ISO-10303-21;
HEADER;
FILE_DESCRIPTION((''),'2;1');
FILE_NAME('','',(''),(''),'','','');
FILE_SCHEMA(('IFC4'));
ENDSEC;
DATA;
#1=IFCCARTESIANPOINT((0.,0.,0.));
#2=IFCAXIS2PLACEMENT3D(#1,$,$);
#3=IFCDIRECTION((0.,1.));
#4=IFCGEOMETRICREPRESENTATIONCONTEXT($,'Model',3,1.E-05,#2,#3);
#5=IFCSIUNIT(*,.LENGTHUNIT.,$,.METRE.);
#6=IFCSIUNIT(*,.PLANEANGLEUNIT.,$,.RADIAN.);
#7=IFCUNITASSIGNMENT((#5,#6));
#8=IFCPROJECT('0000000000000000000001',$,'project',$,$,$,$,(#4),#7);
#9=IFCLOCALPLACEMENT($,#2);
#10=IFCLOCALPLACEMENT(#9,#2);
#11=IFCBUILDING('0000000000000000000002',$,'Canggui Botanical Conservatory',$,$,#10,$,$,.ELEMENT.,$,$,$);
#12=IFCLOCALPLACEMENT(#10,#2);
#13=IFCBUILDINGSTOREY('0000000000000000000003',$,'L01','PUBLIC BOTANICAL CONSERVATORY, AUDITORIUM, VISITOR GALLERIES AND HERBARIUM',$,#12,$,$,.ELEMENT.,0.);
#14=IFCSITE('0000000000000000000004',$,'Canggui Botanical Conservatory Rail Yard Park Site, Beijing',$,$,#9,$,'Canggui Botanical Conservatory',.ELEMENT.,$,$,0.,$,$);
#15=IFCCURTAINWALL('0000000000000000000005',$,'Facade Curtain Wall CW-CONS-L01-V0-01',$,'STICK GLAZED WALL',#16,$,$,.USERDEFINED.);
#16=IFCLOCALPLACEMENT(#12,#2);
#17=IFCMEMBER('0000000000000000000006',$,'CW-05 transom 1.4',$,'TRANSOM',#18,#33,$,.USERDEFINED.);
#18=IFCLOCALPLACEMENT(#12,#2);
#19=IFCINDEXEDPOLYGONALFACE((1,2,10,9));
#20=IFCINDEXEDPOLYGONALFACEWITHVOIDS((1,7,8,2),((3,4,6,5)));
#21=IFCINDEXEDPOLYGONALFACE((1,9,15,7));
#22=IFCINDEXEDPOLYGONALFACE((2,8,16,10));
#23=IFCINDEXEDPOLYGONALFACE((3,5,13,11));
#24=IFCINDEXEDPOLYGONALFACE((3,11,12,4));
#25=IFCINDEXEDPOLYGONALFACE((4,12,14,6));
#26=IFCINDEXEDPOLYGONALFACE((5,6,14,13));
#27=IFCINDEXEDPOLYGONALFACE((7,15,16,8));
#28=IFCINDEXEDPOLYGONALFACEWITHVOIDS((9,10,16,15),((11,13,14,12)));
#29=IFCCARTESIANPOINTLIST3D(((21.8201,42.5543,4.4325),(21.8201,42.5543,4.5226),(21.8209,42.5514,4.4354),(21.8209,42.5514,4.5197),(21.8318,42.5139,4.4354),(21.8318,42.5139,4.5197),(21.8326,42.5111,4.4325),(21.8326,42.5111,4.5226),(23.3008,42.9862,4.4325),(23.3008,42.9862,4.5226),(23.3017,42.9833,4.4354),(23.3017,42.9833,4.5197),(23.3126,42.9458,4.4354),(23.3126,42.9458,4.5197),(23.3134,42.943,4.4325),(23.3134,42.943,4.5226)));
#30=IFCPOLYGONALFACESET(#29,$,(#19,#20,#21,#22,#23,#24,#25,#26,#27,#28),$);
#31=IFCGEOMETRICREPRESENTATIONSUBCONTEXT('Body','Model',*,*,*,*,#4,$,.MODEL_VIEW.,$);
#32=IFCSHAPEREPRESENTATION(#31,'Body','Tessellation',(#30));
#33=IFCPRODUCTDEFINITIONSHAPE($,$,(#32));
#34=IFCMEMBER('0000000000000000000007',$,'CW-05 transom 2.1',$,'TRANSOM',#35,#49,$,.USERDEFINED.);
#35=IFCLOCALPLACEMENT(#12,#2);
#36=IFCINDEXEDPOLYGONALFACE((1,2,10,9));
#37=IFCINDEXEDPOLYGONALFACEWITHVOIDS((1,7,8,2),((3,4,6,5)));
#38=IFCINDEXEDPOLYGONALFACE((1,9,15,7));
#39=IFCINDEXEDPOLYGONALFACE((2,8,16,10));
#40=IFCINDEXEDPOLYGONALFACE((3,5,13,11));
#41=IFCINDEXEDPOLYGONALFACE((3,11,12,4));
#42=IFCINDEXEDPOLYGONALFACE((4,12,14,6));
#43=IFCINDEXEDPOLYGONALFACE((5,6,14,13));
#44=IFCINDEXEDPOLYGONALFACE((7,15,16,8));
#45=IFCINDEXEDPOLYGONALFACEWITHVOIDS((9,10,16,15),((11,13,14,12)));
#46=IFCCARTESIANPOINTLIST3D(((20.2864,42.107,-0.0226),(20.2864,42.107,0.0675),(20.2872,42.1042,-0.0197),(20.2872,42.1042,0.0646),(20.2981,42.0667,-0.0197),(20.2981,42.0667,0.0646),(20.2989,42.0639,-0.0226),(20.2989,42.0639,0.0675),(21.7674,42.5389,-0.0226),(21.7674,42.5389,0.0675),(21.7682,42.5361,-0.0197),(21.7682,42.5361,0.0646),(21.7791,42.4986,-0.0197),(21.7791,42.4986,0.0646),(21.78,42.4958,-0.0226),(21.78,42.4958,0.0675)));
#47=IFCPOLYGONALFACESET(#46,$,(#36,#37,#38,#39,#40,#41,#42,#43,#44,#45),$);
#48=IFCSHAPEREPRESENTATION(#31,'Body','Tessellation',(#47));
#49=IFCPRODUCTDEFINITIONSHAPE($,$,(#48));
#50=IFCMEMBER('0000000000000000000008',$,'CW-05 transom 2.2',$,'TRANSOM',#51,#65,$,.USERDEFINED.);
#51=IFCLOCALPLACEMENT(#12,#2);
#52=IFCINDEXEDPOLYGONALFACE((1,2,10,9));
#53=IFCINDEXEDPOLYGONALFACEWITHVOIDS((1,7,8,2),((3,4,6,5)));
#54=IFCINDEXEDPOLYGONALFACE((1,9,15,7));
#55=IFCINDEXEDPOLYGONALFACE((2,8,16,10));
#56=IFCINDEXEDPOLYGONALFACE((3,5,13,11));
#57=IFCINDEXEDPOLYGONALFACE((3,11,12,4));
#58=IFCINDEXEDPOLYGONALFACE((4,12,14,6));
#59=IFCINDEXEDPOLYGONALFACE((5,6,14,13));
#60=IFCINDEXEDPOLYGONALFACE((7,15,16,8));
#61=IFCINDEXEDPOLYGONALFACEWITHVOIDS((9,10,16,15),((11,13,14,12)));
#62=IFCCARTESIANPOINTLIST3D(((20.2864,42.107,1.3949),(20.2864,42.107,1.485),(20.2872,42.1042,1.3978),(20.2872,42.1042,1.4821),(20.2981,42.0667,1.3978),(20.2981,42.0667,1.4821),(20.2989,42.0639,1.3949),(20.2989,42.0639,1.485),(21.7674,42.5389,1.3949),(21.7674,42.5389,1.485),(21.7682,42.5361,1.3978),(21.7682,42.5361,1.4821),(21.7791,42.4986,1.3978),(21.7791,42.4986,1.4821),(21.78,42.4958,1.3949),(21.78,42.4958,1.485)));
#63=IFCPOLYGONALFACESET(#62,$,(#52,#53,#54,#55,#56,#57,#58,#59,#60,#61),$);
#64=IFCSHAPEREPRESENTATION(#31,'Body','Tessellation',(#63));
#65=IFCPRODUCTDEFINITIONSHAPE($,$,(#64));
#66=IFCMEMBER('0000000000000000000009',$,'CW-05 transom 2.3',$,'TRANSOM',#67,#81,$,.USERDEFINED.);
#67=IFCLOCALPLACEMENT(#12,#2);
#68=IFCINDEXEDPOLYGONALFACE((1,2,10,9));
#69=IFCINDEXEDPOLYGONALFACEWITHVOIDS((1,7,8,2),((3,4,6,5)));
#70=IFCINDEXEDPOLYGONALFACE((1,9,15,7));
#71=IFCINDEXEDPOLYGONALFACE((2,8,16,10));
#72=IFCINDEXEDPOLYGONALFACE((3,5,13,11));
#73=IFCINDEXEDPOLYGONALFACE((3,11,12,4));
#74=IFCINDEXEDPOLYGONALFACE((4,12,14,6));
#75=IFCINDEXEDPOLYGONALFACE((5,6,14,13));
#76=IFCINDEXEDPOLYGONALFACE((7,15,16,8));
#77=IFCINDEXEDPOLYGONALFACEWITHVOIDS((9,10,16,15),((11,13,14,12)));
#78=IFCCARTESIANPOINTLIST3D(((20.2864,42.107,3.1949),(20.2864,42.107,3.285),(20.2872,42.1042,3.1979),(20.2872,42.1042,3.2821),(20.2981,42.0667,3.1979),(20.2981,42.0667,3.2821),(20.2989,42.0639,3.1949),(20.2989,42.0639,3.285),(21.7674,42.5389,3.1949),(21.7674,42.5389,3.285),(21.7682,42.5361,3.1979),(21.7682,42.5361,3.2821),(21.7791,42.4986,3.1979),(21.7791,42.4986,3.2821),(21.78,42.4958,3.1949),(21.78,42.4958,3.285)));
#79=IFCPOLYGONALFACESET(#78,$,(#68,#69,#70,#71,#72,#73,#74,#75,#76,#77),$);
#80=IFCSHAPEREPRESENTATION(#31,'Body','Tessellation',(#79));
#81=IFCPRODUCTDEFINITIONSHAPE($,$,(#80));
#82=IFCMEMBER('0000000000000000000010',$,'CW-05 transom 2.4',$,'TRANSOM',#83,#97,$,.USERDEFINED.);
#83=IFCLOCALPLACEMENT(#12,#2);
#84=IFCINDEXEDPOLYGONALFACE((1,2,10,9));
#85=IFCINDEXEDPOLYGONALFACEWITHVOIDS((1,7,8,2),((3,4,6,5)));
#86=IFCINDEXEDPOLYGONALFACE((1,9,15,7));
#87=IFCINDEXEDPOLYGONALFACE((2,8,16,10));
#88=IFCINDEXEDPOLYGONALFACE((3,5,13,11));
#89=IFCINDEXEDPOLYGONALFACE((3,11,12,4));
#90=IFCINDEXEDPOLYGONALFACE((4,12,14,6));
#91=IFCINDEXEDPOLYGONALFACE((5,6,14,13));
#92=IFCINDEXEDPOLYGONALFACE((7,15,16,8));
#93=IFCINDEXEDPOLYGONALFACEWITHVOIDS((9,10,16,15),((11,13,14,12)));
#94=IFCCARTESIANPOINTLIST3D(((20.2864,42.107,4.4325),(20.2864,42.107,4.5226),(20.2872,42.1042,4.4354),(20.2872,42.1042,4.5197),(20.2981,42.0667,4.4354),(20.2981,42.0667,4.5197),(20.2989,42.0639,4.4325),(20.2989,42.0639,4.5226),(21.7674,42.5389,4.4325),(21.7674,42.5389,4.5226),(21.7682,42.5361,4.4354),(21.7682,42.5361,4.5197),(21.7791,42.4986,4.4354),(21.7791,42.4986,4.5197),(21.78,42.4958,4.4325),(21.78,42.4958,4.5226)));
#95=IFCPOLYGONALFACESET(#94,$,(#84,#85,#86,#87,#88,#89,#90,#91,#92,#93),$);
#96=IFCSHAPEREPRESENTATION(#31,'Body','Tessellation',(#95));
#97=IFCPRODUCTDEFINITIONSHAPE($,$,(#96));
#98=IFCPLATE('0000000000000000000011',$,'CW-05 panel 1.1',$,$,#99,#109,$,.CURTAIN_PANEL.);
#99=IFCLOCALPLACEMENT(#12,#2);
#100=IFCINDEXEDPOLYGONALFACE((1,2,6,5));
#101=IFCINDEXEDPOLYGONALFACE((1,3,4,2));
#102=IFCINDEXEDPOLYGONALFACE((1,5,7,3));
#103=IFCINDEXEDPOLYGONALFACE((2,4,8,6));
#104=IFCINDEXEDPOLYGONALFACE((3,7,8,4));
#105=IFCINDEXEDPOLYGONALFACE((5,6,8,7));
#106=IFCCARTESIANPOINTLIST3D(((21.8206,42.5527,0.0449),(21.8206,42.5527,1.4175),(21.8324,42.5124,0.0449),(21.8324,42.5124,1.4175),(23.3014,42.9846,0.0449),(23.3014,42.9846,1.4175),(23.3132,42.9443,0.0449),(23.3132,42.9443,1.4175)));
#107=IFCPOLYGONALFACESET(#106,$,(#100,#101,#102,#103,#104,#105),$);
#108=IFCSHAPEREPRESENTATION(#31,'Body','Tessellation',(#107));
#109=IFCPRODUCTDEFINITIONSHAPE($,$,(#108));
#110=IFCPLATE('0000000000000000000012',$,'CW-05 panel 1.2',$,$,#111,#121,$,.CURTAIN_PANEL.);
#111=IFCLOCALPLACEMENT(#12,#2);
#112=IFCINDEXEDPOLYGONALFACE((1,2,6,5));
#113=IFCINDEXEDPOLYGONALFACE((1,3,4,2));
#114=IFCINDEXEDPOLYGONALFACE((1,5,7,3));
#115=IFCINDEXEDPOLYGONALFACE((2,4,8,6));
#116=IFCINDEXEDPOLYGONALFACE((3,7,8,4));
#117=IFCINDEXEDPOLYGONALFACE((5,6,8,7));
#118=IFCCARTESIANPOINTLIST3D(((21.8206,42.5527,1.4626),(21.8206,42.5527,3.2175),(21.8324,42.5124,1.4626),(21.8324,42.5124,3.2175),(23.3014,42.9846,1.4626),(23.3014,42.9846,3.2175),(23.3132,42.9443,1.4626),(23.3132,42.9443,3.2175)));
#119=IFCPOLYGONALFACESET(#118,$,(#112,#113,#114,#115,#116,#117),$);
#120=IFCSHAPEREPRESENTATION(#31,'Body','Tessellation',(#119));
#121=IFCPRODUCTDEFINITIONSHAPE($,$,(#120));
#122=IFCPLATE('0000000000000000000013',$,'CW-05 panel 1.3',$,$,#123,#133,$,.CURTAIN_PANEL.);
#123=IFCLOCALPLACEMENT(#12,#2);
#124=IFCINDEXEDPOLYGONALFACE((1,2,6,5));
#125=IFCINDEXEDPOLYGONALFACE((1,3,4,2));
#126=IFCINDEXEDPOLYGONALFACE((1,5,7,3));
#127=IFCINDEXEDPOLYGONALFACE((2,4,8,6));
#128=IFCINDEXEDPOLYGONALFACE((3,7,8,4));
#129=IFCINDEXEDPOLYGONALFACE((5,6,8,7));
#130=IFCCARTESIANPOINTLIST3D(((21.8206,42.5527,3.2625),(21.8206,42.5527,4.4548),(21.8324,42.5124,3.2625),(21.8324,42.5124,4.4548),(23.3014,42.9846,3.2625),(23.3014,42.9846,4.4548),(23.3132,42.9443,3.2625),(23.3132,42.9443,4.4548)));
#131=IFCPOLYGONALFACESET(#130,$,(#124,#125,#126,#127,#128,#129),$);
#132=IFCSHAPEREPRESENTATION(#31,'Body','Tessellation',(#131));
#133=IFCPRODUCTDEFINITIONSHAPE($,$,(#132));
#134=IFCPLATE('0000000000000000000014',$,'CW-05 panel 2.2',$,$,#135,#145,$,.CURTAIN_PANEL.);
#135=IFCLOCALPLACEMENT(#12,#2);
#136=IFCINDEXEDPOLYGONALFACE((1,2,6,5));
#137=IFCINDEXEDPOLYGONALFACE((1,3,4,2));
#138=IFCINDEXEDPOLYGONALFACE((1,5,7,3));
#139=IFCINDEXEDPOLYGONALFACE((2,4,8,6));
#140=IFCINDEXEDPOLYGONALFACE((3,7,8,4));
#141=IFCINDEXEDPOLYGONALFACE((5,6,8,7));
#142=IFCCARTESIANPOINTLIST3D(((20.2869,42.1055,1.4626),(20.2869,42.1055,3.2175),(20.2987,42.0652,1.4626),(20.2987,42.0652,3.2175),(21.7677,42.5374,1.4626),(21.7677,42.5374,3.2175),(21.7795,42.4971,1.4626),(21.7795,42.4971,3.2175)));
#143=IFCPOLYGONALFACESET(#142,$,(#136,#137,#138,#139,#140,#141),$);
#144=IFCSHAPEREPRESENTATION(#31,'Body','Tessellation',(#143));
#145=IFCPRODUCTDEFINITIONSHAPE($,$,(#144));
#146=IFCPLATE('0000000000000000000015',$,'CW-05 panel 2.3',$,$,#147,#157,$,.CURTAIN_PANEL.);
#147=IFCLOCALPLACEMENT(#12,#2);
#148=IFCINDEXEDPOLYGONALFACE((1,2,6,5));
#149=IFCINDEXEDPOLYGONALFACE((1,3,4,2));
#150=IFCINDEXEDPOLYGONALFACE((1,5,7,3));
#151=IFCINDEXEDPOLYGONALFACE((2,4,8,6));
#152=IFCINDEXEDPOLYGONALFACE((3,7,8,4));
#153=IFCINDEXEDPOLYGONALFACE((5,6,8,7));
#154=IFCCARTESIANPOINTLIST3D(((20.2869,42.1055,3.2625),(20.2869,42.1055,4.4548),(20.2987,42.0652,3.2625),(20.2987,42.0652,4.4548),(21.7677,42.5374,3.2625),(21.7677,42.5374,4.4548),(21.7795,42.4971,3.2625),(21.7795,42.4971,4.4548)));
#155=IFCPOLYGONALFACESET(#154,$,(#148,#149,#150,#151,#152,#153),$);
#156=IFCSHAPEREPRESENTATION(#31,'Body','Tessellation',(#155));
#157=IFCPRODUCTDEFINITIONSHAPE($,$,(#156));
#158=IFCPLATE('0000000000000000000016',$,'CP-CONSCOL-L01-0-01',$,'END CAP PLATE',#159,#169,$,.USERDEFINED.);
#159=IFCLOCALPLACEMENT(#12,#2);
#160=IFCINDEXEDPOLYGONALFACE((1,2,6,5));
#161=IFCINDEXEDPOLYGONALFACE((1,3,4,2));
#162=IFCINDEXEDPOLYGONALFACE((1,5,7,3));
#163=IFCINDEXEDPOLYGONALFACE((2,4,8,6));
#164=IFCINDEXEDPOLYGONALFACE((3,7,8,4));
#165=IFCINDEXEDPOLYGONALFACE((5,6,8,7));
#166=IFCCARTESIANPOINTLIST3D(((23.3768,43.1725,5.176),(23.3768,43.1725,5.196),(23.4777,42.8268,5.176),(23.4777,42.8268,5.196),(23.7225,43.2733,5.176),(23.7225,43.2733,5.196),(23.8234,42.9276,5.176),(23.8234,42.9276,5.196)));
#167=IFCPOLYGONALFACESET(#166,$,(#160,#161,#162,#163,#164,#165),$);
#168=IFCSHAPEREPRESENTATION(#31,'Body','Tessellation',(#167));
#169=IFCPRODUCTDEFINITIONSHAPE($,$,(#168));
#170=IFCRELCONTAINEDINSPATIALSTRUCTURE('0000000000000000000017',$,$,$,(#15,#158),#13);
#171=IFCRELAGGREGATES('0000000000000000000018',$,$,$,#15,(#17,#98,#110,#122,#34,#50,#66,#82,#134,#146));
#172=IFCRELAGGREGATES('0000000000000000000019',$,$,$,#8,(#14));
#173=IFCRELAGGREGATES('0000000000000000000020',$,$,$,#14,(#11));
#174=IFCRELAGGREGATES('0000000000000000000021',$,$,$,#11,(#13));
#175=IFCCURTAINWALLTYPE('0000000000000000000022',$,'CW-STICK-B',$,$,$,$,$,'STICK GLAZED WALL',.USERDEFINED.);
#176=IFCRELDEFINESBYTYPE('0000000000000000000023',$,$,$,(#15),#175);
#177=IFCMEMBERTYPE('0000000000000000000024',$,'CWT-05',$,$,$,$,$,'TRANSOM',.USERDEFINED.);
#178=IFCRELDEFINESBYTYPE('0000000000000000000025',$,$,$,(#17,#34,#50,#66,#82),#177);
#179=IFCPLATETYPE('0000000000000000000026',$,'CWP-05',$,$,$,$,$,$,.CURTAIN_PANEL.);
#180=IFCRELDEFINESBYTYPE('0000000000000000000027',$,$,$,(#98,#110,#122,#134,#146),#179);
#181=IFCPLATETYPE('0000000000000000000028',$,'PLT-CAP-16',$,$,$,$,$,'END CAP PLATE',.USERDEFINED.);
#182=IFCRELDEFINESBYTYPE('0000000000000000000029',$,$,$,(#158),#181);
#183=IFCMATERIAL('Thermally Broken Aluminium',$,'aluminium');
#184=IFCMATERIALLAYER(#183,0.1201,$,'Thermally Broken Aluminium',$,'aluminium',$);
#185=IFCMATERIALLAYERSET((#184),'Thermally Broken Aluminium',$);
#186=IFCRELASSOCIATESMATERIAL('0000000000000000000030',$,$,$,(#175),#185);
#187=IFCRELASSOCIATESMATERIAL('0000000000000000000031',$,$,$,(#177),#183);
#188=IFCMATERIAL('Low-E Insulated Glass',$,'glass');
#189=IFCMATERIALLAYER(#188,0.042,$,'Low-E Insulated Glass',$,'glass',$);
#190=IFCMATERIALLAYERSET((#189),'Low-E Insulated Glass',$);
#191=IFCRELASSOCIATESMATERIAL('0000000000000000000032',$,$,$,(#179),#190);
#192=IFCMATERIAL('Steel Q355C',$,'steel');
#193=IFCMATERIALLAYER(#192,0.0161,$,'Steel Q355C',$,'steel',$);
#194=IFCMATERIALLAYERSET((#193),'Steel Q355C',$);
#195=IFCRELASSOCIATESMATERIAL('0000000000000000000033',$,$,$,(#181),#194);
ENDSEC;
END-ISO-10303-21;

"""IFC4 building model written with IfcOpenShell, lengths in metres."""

from ifc_helpers import new_model, si_unit, direction, frame, origin, origin_2d, place, context, subcontext, project, spatial, rectangle, hollow_rectangle, extrude, material, layer, layer_set, material_profile, profile_set, type_object, element, aggregate, save


model = new_model("IFC4")

# Units and contexts
model_context = context("Model", 3, precision=1e-05, world=origin(), true_north=direction((0.0, 1.0)))
body_context = subcontext(model_context, "Body", "Model", "MODEL_VIEW")
ifc_project = project(units=[si_unit("LENGTHUNIT", "METRE"), si_unit("PLANEANGLEUNIT", "RADIAN")], contexts=[model_context])

# Site, building, storey
site_placement = place(None, origin())
site = spatial("IfcSite", under=ifc_project, at=site_placement, Name="Canggui Botanical Conservatory Rail Yard Park Site, Beijing", LongName="Canggui Botanical Conservatory", CompositionType="ELEMENT", RefElevation=0.0)
building_placement = place(site_placement, origin())
building = spatial("IfcBuilding", under=site, at=building_placement, Name="Canggui Botanical Conservatory", CompositionType="ELEMENT")
storey_placement = place(building_placement, origin())
storey = spatial("IfcBuildingStorey", under=building, at=storey_placement, Name="L01", Description="PUBLIC BOTANICAL CONSERVATORY, AUDITORIUM, VISITOR GALLERIES AND HERBARIUM", CompositionType="ELEMENT", Elevation=0.0)

# Shared definitions
ifc_material_1 = material(Name="Steel Q355C", Category="steel")

# Curtain wall, members, plates
ifc_material_2 = material(Name="Thermally Broken Aluminium", Category="aluminium")
ifc_layer_1 = layer(ifc_material_2, 0.1201, Name="Thermally Broken Aluminium", Category="aluminium")
ifc_layer_set_1 = layer_set([ifc_layer_1], Name="Thermally Broken Aluminium")
curtain_wall_type = type_object("IfcCurtainWallType", Name="CW-STICK-B", ElementType="STICK GLAZED WALL", PredefinedType="USERDEFINED", material=ifc_layer_set_1)
curtain_wall_placement = place(storey_placement, origin())
curtain_wall = element("IfcCurtainWall", 1, at=curtain_wall_placement, inside=storey, type_object=curtain_wall_type, Name="Facade Curtain Wall CW-CONS-L01-V0-01", ObjectType="STICK GLAZED WALL", PredefinedType="USERDEFINED")
ifc_material_profile_1 = material_profile(ifc_material_2, hollow_rectangle(XDim=0.0449, YDim=0.0901, WallThickness=0.0029, at=origin_2d()), Name="CWT 45x90x3")
ifc_profile_set_1 = profile_set([ifc_material_profile_1], Name="Thermally Broken Aluminium")
member_type_1 = type_object("IfcMemberType", Name="CWT-05", ElementType="TRANSOM", PredefinedType="USERDEFINED", material=ifc_profile_set_1)
member_1_placement = place(storey_placement, frame((23.3071, 42.9646, 4.4775), z_axis=(-0.959998, -0.280006, 0.0), x_axis=(0.280006, -0.959998, 0.0)))
member_1 = element("IfcMember", 2, at=member_1_placement, type_object=member_type_1, Name="CW-05 transom 1.4", ObjectType="TRANSOM", PredefinedType="USERDEFINED", context=body_context, shape_type="SweptSolid", body=[
    extrude(hollow_rectangle(XDim=0.0449, YDim=0.0901, WallThickness=0.0029, at=origin_2d()), origin(), (0.0, 0.0, 1.0), 1.5425),
])
member_2_placement = place(storey_placement, frame((21.7737, 42.5173, 0.0225), z_axis=(-0.960011, -0.279964, 0.0), x_axis=(0.279964, -0.960011, 0.0)))
member_2 = element("IfcMember", 3, at=member_2_placement, type_object=member_type_1, Name="CW-05 transom 2.1", ObjectType="TRANSOM", PredefinedType="USERDEFINED", context=body_context, shape_type="SweptSolid", body=[
    extrude(hollow_rectangle(XDim=0.0449, YDim=0.0901, WallThickness=0.0029, at=origin_2d()), origin(), (0.0, 0.0, 1.0), 1.5427),
])
member_3_placement = place(storey_placement, frame((21.7737, 42.5173, 1.4399), z_axis=(-0.960011, -0.279964, 0.0), x_axis=(0.279964, -0.960011, 0.0)))
member_3 = element("IfcMember", 4, at=member_3_placement, type_object=member_type_1, Name="CW-05 transom 2.2", ObjectType="TRANSOM", PredefinedType="USERDEFINED", context=body_context, shape_type="SweptSolid", body=[
    extrude(hollow_rectangle(XDim=0.0449, YDim=0.0901, WallThickness=0.0029, at=origin_2d()), origin(), (0.0, 0.0, 1.0), 1.5427),
])
member_4_placement = place(storey_placement, frame((21.7737, 42.5173, 3.24), z_axis=(-0.960011, -0.279964, 0.0), x_axis=(0.279964, -0.960011, 0.0)))
member_4 = element("IfcMember", 5, at=member_4_placement, type_object=member_type_1, Name="CW-05 transom 2.3", ObjectType="TRANSOM", PredefinedType="USERDEFINED", context=body_context, shape_type="SweptSolid", body=[
    extrude(hollow_rectangle(XDim=0.0449, YDim=0.0901, WallThickness=0.0029, at=origin_2d()), origin(), (0.0, 0.0, 1.0), 1.5427),
])
member_5_placement = place(storey_placement, frame((21.7737, 42.5173, 4.4775), z_axis=(-0.960011, -0.279964, 0.0), x_axis=(0.279964, -0.960011, 0.0)))
member_5 = element("IfcMember", 6, at=member_5_placement, type_object=member_type_1, Name="CW-05 transom 2.4", ObjectType="TRANSOM", PredefinedType="USERDEFINED", context=body_context, shape_type="SweptSolid", body=[
    extrude(hollow_rectangle(XDim=0.0449, YDim=0.0901, WallThickness=0.0029, at=origin_2d()), origin(), (0.0, 0.0, 1.0), 1.5427),
])
ifc_material_3 = material(Name="Low-E Insulated Glass", Category="glass")
ifc_layer_2 = layer(ifc_material_3, 0.042, Name="Low-E Insulated Glass", Category="glass")
ifc_layer_set_2 = layer_set([ifc_layer_2], Name="Low-E Insulated Glass")
plate_type_1 = type_object("IfcPlateType", Name="CWP-05", PredefinedType="CURTAIN_PANEL", material=ifc_layer_set_2)
plate_1_placement = place(storey_placement, frame((22.5669, 42.7485, 0.0449), z_axis=(0.0, 0.0, 1.0), x_axis=(-0.96, -0.28, 0.0)))
plate_1 = element("IfcPlate", 7, at=plate_1_placement, type_object=plate_type_1, Name="CW-05 panel 1.1", PredefinedType="CURTAIN_PANEL", context=body_context, shape_type="SweptSolid", body=[
    extrude(rectangle(XDim=1.5425, YDim=0.042, at=origin_2d()), origin(), (0.0, 0.0, 1.0), 1.3726),
])
plate_2_placement = place(storey_placement, frame((22.5669, 42.7485, 1.4626), z_axis=(0.0, 0.0, 1.0), x_axis=(-0.96, -0.28, 0.0)))
plate_2 = element("IfcPlate", 8, at=plate_2_placement, type_object=plate_type_1, Name="CW-05 panel 1.2", PredefinedType="CURTAIN_PANEL", context=body_context, shape_type="SweptSolid", body=[
    extrude(rectangle(XDim=1.5425, YDim=0.042, at=origin_2d()), origin(), (0.0, 0.0, 1.0), 1.7549),
])
plate_3_placement = place(storey_placement, frame((22.5669, 42.7485, 3.2625), z_axis=(0.0, 0.0, 1.0), x_axis=(-0.96, -0.28, 0.0)))
plate_3 = element("IfcPlate", 9, at=plate_3_placement, type_object=plate_type_1, Name="CW-05 panel 1.3", PredefinedType="CURTAIN_PANEL", context=body_context, shape_type="SweptSolid", body=[
    extrude(rectangle(XDim=1.5425, YDim=0.042, at=origin_2d()), origin(), (0.0, 0.0, 1.0), 1.1924),
])
plate_4_placement = place(storey_placement, frame((21.0332, 42.3013, 1.4626), z_axis=(0.0, 0.0, 1.0), x_axis=(-0.96, -0.28, 0.0)))
plate_4 = element("IfcPlate", 10, at=plate_4_placement, type_object=plate_type_1, Name="CW-05 panel 2.2", PredefinedType="CURTAIN_PANEL", context=body_context, shape_type="SweptSolid", body=[
    extrude(rectangle(XDim=1.5425, YDim=0.042, at=origin_2d()), origin(), (0.0, 0.0, 1.0), 1.7549),
])
plate_5_placement = place(storey_placement, frame((21.0332, 42.3013, 3.2625), z_axis=(0.0, 0.0, 1.0), x_axis=(-0.96, -0.28, 0.0)))
plate_5 = element("IfcPlate", 11, at=plate_5_placement, type_object=plate_type_1, Name="CW-05 panel 2.3", PredefinedType="CURTAIN_PANEL", context=body_context, shape_type="SweptSolid", body=[
    extrude(rectangle(XDim=1.5425, YDim=0.042, at=origin_2d()), origin(), (0.0, 0.0, 1.0), 1.1924),
])
aggregate(curtain_wall, [member_1, plate_1, plate_2, plate_3, member_2, member_3, member_4, member_5, plate_4, plate_5])

# Plate
ifc_layer_3 = layer(ifc_material_1, 0.0161, Name="Steel Q355C", Category="steel")
ifc_layer_set_3 = layer_set([ifc_layer_3], Name="Steel Q355C")
plate_type_2 = type_object("IfcPlateType", Name="PLT-CAP-16", ElementType="END CAP PLATE", PredefinedType="USERDEFINED", material=ifc_layer_set_3)
plate_6_placement = place(storey_placement, frame((23.6001, 43.05, 5.176), z_axis=(0.0, 0.0, 1.0), x_axis=(0.96, 0.28, 0.0)))
element("IfcPlate", 12, at=plate_6_placement, inside=storey, type_object=plate_type_2, Name="CP-CONSCOL-L01-0-01", ObjectType="END CAP PLATE", PredefinedType="USERDEFINED", context=body_context, shape_type="SweptSolid", body=[
    extrude(rectangle(XDim=0.3601, YDim=0.3601, at=origin_2d()), origin(), (0.0, 0.0, 1.0), 0.02),
])

save(model, "model.ifc")
